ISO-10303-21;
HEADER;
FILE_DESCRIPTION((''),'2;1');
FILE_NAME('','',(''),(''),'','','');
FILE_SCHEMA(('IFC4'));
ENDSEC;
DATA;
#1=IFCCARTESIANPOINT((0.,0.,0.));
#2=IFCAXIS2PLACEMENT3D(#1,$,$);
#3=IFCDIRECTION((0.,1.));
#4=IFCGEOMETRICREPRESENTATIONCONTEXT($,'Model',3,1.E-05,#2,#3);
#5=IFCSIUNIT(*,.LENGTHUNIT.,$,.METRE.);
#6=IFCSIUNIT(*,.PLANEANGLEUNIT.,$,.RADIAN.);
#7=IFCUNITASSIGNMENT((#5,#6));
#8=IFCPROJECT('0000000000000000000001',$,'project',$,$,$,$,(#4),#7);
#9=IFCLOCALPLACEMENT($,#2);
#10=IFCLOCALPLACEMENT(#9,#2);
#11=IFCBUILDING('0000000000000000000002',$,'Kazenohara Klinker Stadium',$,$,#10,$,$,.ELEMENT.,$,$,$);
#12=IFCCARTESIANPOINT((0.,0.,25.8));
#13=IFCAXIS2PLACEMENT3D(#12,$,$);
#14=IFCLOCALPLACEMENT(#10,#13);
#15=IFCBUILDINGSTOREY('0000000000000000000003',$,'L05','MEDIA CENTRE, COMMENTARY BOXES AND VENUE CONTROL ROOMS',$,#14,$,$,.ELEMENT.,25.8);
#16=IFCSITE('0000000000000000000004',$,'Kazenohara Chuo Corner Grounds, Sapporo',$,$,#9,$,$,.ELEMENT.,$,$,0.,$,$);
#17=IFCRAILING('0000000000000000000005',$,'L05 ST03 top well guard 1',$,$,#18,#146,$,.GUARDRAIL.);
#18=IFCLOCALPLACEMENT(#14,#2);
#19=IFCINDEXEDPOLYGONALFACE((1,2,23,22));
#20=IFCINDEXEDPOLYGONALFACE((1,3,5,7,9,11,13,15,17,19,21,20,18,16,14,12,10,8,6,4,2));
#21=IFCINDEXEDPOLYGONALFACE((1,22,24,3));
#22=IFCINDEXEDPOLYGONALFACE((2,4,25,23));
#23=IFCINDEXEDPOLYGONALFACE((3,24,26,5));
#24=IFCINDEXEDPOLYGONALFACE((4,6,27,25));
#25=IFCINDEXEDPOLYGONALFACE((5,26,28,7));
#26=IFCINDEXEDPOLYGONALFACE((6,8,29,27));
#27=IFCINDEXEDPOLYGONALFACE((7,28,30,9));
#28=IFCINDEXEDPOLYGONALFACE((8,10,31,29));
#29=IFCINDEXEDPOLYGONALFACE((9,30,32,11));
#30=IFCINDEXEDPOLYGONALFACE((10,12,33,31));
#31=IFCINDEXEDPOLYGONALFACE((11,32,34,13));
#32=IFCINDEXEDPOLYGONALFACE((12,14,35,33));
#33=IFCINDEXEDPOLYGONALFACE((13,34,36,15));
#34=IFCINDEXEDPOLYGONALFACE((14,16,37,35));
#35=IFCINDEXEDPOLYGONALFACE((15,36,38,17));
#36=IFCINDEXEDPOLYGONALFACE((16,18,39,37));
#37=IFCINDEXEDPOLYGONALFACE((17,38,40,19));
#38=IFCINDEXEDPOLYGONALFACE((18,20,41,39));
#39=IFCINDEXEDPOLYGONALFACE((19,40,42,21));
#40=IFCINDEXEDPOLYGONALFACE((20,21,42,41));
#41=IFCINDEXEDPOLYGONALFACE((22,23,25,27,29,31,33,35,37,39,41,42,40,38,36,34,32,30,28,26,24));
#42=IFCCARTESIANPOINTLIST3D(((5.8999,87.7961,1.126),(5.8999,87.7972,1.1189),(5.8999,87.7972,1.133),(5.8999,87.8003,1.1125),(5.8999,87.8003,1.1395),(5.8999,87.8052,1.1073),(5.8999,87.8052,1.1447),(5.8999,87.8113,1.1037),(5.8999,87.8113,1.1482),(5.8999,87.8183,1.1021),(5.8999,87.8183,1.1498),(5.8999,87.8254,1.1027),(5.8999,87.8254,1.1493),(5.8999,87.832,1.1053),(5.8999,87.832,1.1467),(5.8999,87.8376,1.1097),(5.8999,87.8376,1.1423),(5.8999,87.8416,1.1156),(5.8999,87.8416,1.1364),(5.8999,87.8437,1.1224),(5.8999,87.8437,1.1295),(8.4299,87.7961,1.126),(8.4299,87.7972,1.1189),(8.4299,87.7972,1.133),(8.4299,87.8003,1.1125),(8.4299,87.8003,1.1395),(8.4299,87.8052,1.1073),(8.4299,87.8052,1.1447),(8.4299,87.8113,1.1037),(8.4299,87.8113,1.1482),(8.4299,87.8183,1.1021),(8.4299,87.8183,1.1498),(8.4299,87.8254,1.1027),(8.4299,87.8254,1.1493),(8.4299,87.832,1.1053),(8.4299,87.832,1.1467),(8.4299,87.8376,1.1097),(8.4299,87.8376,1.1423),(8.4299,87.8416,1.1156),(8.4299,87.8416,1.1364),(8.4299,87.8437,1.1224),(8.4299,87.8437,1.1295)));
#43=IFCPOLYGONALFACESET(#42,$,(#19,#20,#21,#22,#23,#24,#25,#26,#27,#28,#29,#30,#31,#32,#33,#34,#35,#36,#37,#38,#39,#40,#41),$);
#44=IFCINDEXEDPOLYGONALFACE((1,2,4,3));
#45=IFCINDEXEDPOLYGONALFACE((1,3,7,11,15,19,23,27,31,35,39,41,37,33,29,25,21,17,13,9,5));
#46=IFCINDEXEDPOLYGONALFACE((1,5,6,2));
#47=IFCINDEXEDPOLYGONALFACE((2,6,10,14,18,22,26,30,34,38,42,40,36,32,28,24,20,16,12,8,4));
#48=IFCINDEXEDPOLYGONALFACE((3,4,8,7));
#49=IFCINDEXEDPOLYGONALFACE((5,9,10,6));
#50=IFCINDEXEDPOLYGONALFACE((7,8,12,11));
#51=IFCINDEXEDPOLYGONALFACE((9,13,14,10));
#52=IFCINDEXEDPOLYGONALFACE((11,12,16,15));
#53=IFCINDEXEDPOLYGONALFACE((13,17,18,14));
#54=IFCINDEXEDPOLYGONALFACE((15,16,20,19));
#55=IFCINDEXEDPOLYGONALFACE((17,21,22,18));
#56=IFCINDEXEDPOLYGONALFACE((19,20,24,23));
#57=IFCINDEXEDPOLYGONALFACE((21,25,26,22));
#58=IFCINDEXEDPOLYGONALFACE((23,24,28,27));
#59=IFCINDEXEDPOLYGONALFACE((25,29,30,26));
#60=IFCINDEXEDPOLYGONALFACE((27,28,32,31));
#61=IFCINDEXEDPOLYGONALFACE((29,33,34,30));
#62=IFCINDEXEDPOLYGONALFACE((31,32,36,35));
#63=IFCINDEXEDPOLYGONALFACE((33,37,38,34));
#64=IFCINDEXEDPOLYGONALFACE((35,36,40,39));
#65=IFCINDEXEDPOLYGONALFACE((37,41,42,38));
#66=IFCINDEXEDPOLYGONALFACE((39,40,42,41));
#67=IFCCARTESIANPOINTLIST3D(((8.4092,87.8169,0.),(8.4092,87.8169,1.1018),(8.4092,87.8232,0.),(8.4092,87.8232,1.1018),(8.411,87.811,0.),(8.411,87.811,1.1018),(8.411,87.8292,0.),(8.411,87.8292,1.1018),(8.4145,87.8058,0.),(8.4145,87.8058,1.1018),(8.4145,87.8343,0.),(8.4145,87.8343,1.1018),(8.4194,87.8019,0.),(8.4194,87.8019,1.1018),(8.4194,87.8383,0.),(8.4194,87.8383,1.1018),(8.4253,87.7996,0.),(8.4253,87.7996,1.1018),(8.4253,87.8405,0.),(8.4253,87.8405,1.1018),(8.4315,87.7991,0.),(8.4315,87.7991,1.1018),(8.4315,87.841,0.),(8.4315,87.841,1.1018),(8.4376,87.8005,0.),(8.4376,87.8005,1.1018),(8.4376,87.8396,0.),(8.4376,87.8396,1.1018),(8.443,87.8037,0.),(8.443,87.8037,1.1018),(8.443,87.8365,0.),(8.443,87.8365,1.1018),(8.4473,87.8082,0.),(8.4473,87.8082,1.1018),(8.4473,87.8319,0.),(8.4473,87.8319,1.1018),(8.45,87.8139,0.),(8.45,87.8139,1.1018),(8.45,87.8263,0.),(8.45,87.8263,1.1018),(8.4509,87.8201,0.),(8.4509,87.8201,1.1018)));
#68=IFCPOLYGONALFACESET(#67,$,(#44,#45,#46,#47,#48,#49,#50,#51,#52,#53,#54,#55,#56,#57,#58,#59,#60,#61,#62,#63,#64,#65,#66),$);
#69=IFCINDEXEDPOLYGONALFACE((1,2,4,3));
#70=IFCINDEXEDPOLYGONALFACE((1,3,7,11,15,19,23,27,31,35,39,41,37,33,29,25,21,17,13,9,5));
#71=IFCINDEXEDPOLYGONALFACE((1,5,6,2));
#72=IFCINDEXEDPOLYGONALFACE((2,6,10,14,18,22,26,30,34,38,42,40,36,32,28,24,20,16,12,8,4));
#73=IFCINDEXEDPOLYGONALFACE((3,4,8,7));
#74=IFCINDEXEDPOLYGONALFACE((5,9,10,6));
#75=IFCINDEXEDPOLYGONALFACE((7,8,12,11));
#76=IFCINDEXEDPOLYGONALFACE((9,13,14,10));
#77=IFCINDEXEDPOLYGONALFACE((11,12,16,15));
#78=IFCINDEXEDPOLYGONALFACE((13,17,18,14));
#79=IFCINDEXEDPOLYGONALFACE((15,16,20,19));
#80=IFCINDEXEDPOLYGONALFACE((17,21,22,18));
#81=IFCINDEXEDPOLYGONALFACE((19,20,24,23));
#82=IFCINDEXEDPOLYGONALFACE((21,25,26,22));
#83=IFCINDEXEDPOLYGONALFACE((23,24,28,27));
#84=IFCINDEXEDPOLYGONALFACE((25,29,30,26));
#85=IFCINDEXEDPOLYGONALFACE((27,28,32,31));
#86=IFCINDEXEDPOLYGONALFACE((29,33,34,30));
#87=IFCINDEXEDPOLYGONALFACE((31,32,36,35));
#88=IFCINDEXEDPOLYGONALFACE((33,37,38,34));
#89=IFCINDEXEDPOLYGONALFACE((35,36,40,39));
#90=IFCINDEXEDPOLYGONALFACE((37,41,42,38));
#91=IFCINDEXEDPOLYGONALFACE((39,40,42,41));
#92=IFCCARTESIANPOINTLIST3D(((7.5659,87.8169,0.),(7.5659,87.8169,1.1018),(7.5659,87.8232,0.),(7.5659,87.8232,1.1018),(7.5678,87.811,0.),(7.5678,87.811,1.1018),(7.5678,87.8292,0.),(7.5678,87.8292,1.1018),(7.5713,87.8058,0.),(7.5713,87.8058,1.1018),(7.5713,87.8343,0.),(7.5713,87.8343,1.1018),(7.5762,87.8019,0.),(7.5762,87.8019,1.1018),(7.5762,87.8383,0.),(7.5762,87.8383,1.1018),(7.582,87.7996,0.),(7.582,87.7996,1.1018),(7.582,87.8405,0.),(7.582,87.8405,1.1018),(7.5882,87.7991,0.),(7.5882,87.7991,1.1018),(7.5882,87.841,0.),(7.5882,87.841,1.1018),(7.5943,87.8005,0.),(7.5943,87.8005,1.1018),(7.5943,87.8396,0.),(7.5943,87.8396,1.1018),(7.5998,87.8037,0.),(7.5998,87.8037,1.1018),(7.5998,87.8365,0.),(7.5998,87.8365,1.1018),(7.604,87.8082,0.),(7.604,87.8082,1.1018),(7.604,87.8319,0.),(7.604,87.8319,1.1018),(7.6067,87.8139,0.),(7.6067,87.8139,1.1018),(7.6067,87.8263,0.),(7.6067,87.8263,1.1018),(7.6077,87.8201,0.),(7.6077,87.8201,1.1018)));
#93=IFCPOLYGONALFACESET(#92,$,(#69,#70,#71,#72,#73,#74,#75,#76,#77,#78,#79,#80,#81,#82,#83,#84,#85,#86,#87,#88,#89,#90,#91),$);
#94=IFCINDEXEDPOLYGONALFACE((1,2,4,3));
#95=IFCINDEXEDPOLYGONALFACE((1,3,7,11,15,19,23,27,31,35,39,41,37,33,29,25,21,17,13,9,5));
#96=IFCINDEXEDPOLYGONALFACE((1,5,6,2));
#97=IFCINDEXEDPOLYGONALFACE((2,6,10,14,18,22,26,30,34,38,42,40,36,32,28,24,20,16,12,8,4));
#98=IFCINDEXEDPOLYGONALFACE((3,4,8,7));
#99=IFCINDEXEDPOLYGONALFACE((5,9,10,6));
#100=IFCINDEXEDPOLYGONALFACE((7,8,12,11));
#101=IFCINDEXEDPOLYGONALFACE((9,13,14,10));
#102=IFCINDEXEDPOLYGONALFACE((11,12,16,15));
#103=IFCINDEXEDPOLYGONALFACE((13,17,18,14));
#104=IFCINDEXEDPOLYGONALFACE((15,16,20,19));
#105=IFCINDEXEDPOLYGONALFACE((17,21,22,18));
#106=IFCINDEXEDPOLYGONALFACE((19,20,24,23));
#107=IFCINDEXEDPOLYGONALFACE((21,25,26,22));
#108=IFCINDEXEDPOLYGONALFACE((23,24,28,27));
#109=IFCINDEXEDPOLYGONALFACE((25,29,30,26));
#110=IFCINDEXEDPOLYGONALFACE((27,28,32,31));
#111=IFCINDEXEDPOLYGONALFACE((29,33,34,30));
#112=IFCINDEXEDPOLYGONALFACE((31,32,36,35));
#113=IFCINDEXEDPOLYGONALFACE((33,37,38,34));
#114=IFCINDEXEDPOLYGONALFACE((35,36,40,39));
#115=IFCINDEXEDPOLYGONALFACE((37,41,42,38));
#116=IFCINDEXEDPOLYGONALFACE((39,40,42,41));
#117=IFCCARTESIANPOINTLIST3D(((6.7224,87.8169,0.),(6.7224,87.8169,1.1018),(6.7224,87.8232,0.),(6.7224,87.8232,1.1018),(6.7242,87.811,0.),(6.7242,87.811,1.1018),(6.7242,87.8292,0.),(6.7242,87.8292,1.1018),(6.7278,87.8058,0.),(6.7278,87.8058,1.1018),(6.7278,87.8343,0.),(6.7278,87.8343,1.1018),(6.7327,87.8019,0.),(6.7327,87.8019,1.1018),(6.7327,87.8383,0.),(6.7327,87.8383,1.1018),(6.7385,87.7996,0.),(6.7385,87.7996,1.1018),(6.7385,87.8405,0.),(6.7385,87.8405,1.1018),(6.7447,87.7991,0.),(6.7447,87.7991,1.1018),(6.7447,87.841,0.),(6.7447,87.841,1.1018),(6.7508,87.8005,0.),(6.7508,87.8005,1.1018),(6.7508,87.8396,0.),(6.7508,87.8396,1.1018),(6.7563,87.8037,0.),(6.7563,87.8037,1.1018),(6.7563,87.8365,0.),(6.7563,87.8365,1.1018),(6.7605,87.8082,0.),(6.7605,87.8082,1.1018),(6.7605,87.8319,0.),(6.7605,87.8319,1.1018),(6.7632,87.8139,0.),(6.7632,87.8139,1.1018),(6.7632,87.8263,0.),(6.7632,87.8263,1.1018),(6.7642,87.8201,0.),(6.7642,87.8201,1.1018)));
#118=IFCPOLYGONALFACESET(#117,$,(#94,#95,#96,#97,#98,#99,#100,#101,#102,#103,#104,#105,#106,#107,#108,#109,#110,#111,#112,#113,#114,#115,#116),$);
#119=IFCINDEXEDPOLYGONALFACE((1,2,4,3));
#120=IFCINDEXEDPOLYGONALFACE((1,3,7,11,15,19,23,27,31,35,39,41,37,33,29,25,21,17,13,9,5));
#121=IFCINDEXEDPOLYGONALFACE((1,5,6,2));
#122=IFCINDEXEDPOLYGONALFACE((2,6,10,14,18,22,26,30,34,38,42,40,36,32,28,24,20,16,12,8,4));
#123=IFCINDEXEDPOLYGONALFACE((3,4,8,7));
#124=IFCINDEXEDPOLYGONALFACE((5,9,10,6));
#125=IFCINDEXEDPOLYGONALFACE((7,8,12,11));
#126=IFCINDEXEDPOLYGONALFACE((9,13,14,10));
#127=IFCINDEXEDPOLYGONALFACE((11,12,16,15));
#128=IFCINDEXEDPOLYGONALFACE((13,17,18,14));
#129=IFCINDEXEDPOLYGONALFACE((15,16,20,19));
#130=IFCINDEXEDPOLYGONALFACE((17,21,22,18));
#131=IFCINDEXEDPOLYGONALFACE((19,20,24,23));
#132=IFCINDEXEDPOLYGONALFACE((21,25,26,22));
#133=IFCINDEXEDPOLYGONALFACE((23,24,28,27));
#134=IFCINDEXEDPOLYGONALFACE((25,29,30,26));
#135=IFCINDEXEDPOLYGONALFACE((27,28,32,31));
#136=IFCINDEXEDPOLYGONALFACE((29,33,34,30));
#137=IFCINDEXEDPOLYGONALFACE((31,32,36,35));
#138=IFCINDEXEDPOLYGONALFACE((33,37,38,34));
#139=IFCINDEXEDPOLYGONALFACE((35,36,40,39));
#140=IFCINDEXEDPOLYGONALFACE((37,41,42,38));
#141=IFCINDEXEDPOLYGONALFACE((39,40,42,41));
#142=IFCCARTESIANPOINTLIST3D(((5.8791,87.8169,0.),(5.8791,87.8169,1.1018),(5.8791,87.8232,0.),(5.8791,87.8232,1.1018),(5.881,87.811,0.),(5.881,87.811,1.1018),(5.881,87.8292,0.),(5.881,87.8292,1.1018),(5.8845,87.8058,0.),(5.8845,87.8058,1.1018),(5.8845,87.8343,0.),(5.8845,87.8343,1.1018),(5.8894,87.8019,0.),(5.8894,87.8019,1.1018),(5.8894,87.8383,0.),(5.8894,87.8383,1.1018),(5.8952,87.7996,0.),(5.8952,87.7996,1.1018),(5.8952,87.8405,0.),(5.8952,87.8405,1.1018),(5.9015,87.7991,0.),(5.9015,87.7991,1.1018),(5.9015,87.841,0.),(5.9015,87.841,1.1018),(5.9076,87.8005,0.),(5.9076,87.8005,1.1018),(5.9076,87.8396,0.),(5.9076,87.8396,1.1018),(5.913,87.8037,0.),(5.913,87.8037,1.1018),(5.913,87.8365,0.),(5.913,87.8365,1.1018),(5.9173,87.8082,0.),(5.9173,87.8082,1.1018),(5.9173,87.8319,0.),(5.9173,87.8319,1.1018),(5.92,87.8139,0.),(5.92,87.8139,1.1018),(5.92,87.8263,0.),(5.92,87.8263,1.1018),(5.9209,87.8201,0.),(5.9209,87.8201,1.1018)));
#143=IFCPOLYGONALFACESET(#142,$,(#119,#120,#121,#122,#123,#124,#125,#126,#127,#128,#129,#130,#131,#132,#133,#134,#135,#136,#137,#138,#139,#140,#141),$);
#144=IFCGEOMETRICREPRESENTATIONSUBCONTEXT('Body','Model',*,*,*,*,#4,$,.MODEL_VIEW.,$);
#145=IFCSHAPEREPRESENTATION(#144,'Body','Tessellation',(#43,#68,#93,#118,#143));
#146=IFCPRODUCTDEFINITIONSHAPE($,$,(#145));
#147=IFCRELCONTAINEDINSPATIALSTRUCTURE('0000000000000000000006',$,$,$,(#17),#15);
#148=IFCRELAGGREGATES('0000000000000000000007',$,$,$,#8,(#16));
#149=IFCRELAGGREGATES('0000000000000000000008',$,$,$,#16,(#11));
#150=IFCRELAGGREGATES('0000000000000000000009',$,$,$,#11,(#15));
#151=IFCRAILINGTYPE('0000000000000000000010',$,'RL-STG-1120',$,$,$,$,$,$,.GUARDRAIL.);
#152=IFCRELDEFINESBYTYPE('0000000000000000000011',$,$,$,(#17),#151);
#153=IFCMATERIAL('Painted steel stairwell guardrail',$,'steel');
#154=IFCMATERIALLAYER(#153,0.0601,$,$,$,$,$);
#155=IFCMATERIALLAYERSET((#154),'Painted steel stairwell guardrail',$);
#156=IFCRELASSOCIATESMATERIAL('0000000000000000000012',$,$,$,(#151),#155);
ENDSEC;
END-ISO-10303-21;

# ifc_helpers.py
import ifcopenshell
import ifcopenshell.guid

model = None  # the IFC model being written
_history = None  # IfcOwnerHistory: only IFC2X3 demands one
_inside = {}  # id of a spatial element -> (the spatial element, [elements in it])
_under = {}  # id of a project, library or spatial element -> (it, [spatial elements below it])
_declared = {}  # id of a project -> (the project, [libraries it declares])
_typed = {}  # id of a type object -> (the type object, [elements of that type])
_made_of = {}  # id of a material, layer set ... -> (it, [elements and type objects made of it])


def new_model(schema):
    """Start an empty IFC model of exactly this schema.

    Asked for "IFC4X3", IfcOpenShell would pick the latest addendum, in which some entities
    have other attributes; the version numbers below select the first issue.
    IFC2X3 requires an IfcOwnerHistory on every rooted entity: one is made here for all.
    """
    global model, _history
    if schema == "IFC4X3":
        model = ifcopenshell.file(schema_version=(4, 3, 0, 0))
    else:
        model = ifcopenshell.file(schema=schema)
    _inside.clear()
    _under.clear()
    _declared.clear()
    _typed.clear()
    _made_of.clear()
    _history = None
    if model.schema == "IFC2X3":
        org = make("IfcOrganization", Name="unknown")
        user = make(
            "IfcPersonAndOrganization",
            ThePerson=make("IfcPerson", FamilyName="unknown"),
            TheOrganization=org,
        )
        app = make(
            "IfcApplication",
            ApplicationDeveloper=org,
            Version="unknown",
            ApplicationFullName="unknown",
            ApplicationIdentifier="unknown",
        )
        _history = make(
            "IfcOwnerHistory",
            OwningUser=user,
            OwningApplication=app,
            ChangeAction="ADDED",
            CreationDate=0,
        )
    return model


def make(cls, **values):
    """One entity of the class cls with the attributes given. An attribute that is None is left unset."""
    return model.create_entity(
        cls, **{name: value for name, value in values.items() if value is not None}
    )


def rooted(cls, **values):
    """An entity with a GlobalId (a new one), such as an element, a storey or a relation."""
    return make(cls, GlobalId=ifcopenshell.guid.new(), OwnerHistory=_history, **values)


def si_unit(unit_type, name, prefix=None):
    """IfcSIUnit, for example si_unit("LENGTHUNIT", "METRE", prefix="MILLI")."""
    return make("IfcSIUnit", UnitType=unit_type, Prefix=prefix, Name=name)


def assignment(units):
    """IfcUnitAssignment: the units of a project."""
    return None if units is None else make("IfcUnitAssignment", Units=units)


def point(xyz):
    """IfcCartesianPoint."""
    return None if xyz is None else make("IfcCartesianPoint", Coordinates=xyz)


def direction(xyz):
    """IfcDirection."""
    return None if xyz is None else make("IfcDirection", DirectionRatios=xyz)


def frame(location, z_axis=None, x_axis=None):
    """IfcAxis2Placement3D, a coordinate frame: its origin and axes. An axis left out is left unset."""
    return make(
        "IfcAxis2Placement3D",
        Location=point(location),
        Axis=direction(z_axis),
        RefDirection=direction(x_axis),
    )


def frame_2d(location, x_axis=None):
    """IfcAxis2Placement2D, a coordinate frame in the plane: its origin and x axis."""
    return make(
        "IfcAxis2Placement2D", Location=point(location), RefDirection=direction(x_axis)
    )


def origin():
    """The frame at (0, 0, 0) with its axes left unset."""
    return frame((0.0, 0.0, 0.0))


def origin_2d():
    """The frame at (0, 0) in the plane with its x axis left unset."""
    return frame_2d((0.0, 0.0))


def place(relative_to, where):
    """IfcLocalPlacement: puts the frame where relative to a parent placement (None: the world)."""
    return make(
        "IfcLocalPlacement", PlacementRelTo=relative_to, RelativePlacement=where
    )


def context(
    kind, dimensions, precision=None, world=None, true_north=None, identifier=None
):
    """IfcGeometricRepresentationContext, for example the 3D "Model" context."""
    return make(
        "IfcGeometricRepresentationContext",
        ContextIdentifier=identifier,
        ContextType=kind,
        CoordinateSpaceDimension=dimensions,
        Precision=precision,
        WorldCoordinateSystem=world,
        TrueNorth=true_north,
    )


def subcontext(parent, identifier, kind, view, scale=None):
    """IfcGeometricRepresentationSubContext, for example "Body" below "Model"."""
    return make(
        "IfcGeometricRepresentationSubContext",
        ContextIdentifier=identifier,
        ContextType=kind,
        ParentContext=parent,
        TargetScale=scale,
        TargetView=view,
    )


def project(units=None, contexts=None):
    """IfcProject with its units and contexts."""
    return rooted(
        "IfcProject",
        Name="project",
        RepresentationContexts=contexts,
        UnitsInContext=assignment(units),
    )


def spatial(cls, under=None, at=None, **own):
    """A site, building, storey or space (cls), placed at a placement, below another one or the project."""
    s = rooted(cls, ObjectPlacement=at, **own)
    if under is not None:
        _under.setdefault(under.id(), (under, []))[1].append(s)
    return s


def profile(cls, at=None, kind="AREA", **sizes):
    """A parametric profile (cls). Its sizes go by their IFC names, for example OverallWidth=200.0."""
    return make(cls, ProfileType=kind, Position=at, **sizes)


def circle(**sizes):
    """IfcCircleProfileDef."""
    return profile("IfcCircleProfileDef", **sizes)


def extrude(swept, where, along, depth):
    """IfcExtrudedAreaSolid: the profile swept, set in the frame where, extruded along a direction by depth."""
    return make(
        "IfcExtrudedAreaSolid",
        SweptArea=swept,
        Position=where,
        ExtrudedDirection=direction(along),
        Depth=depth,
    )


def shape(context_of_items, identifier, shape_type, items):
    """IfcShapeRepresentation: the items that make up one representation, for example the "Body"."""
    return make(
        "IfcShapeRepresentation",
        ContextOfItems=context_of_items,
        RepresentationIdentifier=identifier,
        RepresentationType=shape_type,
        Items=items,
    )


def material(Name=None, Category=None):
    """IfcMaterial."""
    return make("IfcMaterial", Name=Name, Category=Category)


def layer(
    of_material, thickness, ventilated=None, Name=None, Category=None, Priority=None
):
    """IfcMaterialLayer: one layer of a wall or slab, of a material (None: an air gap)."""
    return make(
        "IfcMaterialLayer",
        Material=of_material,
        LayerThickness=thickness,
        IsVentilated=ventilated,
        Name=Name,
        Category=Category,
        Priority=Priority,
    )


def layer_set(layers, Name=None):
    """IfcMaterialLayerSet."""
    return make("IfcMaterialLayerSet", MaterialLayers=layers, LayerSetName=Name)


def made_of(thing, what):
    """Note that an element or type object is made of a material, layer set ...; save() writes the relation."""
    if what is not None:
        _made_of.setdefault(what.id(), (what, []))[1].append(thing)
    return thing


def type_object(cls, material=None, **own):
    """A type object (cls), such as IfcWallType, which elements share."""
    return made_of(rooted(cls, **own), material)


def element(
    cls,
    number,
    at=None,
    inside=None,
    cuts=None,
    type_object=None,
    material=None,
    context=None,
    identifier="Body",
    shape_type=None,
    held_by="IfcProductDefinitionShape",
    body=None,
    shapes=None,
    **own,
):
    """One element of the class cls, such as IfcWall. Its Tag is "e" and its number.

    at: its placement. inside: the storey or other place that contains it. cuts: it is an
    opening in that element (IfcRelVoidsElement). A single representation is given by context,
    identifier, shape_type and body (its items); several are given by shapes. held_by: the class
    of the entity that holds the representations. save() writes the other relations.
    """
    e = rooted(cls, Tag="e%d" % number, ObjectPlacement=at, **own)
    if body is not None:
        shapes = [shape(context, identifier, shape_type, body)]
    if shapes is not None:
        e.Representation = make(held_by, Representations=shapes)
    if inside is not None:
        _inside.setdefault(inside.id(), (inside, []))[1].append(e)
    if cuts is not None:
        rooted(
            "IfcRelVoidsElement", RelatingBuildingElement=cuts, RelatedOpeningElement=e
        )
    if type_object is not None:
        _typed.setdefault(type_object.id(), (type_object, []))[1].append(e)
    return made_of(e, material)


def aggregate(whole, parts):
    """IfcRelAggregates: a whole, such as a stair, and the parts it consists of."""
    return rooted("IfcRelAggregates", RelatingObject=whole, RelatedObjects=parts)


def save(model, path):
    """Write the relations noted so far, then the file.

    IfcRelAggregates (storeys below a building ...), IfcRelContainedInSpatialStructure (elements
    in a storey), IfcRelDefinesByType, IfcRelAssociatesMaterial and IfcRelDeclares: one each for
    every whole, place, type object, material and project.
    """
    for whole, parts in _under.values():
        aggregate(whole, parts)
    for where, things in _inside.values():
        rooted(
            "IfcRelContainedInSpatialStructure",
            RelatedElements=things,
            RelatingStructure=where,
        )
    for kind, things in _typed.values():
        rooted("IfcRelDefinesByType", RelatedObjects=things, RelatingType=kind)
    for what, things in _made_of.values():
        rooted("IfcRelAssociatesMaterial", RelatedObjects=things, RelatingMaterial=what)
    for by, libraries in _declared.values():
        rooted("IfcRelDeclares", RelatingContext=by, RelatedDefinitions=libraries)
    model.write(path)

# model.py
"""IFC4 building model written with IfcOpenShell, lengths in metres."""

from ifc_helpers import new_model, si_unit, direction, frame, origin, origin_2d, place, context, subcontext, project, spatial, circle, extrude, material, layer, layer_set, type_object, element, save


model = new_model("IFC4")

# Units and contexts
model_context = context("Model", 3, precision=1e-05, world=origin(), true_north=direction((0.0, 1.0)))
body_context = subcontext(model_context, "Body", "Model", "MODEL_VIEW")
ifc_project = project(units=[si_unit("LENGTHUNIT", "METRE"), si_unit("PLANEANGLEUNIT", "RADIAN")], contexts=[model_context])

# Site, building, storey
site_placement = place(None, origin())
site = spatial("IfcSite", under=ifc_project, at=site_placement, Name="Kazenohara Chuo Corner Grounds, Sapporo", CompositionType="ELEMENT", RefElevation=0.0)
building_placement = place(site_placement, origin())
building = spatial("IfcBuilding", under=site, at=building_placement, Name="Kazenohara Klinker Stadium", CompositionType="ELEMENT")
storey_placement = place(building_placement, frame((0.0, 0.0, 25.8)))
storey = spatial("IfcBuildingStorey", under=building, at=storey_placement, Name="L05", Description="MEDIA CENTRE, COMMENTARY BOXES AND VENUE CONTROL ROOMS", CompositionType="ELEMENT", Elevation=25.8)

# Railing
ifc_material_1 = material(Name="Painted steel stairwell guardrail", Category="steel")
ifc_layer_1 = layer(ifc_material_1, 0.0601)
ifc_layer_set_1 = layer_set([ifc_layer_1], Name="Painted steel stairwell guardrail")
railing_type = type_object("IfcRailingType", Name="RL-STG-1120", PredefinedType="GUARDRAIL", material=ifc_layer_set_1)
railing_placement = place(storey_placement, frame((8.4299, 87.8201, 0.0)))
element("IfcRailing", 1, at=railing_placement, inside=storey, type_object=railing_type, Name="L05 ST03 top well guard 1", PredefinedType="GUARDRAIL", context=body_context, shape_type="SweptSolid", body=[
    extrude(circle(Radius=0.0239, at=origin_2d()), frame((0.0, 0.0, 1.126), z_axis=(-1.0, 0.0, 0.0), x_axis=(0.0, -1.0, 0.0)), (0.0, 0.0, 1.0), 2.53),
    extrude(circle(Radius=0.021, at=origin_2d()), origin(), (0.0, 0.0, 1.0), 1.1018),
    extrude(circle(Radius=0.021, at=origin_2d()), frame((-0.8433, 0.0, 0.0)), (0.0, 0.0, 1.0), 1.1018),
    extrude(circle(Radius=0.021, at=origin_2d()), frame((-1.6868, 0.0, 0.0)), (0.0, 0.0, 1.0), 1.1018),
    extrude(circle(Radius=0.021, at=origin_2d()), frame((-2.53, 0.0, 0.0)), (0.0, 0.0, 1.0), 1.1018),
])

save(model, "model.ifc")
